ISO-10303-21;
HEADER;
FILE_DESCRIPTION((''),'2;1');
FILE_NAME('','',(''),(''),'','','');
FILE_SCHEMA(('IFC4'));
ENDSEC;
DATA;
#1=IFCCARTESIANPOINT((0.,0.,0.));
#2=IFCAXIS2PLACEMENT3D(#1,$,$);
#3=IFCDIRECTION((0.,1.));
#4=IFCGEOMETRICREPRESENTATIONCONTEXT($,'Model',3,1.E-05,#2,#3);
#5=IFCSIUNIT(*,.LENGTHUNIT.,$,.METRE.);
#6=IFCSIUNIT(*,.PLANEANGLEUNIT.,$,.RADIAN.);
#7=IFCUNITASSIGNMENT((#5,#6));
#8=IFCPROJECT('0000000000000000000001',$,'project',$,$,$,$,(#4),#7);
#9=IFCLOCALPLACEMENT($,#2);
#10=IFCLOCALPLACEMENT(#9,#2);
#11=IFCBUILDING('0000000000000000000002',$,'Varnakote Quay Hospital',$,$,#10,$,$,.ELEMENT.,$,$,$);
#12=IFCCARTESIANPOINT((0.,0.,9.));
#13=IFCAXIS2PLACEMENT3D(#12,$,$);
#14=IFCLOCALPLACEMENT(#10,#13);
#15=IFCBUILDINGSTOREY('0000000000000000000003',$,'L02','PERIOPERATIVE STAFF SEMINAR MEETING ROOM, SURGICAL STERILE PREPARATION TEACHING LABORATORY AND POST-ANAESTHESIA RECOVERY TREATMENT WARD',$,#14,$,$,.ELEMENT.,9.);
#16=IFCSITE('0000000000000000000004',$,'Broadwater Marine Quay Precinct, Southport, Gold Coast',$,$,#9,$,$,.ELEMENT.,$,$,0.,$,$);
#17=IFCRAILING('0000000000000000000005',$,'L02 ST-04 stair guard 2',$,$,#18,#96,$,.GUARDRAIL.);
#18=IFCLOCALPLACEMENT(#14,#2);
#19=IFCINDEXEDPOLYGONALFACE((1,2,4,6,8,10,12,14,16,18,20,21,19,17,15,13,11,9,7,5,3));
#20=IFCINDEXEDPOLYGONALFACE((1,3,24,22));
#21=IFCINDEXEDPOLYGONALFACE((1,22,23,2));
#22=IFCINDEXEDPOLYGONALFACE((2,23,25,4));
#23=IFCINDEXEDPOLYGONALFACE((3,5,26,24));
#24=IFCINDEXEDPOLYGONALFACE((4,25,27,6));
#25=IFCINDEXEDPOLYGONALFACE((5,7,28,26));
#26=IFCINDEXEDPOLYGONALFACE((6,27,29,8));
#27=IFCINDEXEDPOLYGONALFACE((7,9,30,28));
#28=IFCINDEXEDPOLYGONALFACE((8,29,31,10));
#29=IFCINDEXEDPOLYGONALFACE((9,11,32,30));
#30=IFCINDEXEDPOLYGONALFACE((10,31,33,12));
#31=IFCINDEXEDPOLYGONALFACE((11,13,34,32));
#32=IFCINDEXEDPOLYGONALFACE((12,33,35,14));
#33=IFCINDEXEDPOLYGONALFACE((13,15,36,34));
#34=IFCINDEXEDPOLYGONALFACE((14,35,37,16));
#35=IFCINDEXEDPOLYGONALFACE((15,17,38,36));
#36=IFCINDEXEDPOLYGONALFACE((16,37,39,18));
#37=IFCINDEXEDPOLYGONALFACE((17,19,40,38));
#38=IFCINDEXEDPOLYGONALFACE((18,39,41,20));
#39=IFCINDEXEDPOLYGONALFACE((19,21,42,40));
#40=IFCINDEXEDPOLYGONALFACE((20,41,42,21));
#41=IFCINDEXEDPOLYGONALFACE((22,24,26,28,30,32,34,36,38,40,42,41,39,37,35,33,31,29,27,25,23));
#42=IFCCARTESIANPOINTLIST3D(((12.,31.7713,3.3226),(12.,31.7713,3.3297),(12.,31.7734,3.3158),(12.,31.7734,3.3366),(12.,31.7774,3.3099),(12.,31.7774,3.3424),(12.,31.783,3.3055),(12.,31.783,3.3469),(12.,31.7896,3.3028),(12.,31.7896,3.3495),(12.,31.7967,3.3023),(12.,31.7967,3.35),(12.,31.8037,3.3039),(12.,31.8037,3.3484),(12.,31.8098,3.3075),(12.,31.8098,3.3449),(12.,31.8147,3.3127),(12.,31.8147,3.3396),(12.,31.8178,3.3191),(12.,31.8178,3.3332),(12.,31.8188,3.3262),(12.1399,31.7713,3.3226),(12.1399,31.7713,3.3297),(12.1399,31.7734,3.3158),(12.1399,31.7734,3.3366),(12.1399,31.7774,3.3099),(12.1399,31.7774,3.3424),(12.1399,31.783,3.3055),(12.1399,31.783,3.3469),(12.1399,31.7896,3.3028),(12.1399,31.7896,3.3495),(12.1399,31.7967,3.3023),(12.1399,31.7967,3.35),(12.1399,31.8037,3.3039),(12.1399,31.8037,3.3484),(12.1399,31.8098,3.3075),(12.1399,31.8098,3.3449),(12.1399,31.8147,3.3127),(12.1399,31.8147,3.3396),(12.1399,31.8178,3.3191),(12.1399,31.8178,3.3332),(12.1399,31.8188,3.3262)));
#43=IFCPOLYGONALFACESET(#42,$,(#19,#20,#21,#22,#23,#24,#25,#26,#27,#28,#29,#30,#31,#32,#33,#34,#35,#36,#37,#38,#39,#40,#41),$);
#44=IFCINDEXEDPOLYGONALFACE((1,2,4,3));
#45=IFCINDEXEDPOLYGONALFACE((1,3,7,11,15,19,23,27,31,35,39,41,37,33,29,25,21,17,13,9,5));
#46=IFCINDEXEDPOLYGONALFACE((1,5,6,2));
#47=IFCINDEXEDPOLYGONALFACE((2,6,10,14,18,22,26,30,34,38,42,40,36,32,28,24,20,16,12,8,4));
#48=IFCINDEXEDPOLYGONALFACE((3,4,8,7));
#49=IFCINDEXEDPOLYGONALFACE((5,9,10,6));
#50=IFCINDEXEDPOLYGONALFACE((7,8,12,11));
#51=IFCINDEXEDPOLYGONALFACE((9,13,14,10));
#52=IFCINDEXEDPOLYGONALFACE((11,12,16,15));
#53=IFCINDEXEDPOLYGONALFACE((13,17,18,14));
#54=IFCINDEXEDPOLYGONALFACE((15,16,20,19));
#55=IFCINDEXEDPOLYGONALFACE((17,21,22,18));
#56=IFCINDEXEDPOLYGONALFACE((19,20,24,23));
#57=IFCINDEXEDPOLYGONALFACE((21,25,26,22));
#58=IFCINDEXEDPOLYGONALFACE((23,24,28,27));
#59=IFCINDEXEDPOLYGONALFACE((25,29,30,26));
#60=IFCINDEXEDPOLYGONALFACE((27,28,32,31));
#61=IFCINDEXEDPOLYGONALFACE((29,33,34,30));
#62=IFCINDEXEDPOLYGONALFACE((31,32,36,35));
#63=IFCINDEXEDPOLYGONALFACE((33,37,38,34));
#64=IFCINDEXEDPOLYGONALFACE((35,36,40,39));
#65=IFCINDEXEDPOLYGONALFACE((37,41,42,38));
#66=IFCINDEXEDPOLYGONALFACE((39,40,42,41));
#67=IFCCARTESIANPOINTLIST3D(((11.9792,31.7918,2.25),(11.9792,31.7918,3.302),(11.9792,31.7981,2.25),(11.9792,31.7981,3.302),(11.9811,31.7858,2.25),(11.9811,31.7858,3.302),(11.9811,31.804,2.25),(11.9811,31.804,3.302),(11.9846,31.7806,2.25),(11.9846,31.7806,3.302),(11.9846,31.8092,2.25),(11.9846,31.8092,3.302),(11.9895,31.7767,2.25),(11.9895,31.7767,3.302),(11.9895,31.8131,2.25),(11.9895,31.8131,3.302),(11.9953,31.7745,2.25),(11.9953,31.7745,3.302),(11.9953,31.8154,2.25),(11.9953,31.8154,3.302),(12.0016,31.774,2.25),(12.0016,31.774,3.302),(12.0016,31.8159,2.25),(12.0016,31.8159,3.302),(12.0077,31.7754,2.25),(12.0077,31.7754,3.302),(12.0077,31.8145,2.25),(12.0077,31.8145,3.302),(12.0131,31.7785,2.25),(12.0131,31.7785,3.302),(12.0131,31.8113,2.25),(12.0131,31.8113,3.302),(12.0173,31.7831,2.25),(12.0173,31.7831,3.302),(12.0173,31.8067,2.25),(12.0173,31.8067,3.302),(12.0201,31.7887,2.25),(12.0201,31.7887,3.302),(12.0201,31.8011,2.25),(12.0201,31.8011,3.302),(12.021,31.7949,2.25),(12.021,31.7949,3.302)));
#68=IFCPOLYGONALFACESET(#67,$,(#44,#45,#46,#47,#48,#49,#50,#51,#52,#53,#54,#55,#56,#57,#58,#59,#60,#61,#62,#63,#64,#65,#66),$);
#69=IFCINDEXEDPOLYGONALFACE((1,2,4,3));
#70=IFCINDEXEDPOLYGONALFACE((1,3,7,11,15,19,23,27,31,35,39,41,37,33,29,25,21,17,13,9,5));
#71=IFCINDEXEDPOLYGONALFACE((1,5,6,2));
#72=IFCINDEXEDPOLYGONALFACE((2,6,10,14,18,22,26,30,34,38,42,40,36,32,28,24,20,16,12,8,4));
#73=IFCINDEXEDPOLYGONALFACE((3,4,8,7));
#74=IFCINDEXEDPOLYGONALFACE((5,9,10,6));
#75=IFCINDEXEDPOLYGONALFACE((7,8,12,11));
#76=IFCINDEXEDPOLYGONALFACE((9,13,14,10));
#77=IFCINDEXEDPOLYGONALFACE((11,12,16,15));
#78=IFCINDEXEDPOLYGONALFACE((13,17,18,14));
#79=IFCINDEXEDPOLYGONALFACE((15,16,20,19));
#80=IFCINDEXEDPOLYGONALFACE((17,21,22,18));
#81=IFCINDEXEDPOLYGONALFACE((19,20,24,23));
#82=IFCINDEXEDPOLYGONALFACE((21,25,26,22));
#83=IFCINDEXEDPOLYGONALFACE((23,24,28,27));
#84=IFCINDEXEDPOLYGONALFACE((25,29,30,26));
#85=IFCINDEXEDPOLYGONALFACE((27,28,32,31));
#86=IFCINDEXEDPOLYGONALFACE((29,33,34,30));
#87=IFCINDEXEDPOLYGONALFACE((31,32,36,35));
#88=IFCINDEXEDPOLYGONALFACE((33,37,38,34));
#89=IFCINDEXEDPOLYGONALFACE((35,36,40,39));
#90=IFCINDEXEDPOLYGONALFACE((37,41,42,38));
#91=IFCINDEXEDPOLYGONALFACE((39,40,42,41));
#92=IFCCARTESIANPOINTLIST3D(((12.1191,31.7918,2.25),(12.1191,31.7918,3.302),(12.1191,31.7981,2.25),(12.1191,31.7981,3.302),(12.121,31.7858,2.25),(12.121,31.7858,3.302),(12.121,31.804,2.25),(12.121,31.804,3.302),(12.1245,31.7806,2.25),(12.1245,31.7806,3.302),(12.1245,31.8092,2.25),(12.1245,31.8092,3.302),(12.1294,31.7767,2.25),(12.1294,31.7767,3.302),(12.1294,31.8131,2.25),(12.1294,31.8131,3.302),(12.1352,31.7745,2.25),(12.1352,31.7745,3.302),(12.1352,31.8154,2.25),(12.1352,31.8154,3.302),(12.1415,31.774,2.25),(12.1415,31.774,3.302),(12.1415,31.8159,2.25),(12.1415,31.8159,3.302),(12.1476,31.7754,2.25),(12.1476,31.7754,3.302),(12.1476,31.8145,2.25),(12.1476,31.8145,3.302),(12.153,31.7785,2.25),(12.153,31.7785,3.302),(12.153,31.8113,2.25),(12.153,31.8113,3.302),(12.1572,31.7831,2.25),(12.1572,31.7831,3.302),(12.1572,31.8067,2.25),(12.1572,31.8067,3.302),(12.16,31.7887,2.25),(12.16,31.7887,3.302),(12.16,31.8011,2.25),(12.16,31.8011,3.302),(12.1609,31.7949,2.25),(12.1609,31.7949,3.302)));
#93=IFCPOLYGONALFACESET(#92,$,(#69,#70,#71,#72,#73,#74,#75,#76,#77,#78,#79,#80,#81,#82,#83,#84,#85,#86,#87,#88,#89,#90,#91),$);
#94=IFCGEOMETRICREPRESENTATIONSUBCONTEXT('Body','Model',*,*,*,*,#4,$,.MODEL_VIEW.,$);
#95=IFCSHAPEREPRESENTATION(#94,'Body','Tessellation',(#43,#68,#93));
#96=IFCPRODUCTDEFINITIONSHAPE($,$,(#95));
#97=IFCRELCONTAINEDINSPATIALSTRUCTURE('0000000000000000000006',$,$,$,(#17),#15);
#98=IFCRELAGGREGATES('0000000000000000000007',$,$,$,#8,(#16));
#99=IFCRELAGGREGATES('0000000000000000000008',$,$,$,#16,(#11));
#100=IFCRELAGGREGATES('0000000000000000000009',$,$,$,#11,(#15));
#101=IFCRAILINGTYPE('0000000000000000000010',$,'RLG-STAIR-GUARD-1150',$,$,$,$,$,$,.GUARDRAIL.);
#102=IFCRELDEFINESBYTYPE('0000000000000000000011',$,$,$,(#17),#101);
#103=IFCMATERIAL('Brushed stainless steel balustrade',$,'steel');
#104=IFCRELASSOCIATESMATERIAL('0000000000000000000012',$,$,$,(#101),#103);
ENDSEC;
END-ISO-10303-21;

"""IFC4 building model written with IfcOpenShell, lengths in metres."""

from ifc_helpers import new_model, si_unit, direction, frame, origin, origin_2d, place, context, subcontext, project, spatial, circle, extrude, material, type_object, element, save


model = new_model("IFC4")

# Units and contexts
model_context = context("Model", 3, precision=1e-05, world=origin(), true_north=direction((0.0, 1.0)))
body_context = subcontext(model_context, "Body", "Model", "MODEL_VIEW")
ifc_project = project(units=[si_unit("LENGTHUNIT", "METRE"), si_unit("PLANEANGLEUNIT", "RADIAN")], contexts=[model_context])

# Site, building, storey
site_placement = place(None, origin())
site = spatial("IfcSite", under=ifc_project, at=site_placement, Name="Broadwater Marine Quay Precinct, Southport, Gold Coast", CompositionType="ELEMENT", RefElevation=0.0)
building_placement = place(site_placement, origin())
building = spatial("IfcBuilding", under=site, at=building_placement, Name="Varnakote Quay Hospital", CompositionType="ELEMENT")
storey_placement = place(building_placement, frame((0.0, 0.0, 9.0)))
storey = spatial("IfcBuildingStorey", under=building, at=storey_placement, Name="L02", Description="PERIOPERATIVE STAFF SEMINAR MEETING ROOM, SURGICAL STERILE PREPARATION TEACHING LABORATORY AND POST-ANAESTHESIA RECOVERY TREATMENT WARD", CompositionType="ELEMENT", Elevation=9.0)

# Railing
ifc_material_1 = material(Name="Brushed stainless steel balustrade", Category="steel")
railing_type_1 = type_object("IfcRailingType", Name="RLG-STAIR-GUARD-1150", PredefinedType="GUARDRAIL", material=ifc_material_1)
railing_1_placement = place(storey_placement, frame((12.0, 31.7949, 2.25)))
element("IfcRailing", 1, at=railing_1_placement, inside=storey, type_object=railing_type_1, Name="L02 ST-04 stair guard 2", PredefinedType="GUARDRAIL", context=body_context, shape_type="SweptSolid", body=[
    extrude(circle(Radius=0.0239, at=origin_2d()), frame((0.0, 0.0, 1.0762), z_axis=(1.0, 0.0, 0.0), x_axis=(0.0, 1.0, 0.0)), (0.0, 0.0, 1.0), 0.1399),
    extrude(circle(Radius=0.021, at=origin_2d()), origin(), (0.0, 0.0, 1.0), 1.052),
    extrude(circle(Radius=0.021, at=origin_2d()), frame((0.1399, 0.0, 0.0)), (0.0, 0.0, 1.0), 1.052),
])

save(model, "model.ifc")
